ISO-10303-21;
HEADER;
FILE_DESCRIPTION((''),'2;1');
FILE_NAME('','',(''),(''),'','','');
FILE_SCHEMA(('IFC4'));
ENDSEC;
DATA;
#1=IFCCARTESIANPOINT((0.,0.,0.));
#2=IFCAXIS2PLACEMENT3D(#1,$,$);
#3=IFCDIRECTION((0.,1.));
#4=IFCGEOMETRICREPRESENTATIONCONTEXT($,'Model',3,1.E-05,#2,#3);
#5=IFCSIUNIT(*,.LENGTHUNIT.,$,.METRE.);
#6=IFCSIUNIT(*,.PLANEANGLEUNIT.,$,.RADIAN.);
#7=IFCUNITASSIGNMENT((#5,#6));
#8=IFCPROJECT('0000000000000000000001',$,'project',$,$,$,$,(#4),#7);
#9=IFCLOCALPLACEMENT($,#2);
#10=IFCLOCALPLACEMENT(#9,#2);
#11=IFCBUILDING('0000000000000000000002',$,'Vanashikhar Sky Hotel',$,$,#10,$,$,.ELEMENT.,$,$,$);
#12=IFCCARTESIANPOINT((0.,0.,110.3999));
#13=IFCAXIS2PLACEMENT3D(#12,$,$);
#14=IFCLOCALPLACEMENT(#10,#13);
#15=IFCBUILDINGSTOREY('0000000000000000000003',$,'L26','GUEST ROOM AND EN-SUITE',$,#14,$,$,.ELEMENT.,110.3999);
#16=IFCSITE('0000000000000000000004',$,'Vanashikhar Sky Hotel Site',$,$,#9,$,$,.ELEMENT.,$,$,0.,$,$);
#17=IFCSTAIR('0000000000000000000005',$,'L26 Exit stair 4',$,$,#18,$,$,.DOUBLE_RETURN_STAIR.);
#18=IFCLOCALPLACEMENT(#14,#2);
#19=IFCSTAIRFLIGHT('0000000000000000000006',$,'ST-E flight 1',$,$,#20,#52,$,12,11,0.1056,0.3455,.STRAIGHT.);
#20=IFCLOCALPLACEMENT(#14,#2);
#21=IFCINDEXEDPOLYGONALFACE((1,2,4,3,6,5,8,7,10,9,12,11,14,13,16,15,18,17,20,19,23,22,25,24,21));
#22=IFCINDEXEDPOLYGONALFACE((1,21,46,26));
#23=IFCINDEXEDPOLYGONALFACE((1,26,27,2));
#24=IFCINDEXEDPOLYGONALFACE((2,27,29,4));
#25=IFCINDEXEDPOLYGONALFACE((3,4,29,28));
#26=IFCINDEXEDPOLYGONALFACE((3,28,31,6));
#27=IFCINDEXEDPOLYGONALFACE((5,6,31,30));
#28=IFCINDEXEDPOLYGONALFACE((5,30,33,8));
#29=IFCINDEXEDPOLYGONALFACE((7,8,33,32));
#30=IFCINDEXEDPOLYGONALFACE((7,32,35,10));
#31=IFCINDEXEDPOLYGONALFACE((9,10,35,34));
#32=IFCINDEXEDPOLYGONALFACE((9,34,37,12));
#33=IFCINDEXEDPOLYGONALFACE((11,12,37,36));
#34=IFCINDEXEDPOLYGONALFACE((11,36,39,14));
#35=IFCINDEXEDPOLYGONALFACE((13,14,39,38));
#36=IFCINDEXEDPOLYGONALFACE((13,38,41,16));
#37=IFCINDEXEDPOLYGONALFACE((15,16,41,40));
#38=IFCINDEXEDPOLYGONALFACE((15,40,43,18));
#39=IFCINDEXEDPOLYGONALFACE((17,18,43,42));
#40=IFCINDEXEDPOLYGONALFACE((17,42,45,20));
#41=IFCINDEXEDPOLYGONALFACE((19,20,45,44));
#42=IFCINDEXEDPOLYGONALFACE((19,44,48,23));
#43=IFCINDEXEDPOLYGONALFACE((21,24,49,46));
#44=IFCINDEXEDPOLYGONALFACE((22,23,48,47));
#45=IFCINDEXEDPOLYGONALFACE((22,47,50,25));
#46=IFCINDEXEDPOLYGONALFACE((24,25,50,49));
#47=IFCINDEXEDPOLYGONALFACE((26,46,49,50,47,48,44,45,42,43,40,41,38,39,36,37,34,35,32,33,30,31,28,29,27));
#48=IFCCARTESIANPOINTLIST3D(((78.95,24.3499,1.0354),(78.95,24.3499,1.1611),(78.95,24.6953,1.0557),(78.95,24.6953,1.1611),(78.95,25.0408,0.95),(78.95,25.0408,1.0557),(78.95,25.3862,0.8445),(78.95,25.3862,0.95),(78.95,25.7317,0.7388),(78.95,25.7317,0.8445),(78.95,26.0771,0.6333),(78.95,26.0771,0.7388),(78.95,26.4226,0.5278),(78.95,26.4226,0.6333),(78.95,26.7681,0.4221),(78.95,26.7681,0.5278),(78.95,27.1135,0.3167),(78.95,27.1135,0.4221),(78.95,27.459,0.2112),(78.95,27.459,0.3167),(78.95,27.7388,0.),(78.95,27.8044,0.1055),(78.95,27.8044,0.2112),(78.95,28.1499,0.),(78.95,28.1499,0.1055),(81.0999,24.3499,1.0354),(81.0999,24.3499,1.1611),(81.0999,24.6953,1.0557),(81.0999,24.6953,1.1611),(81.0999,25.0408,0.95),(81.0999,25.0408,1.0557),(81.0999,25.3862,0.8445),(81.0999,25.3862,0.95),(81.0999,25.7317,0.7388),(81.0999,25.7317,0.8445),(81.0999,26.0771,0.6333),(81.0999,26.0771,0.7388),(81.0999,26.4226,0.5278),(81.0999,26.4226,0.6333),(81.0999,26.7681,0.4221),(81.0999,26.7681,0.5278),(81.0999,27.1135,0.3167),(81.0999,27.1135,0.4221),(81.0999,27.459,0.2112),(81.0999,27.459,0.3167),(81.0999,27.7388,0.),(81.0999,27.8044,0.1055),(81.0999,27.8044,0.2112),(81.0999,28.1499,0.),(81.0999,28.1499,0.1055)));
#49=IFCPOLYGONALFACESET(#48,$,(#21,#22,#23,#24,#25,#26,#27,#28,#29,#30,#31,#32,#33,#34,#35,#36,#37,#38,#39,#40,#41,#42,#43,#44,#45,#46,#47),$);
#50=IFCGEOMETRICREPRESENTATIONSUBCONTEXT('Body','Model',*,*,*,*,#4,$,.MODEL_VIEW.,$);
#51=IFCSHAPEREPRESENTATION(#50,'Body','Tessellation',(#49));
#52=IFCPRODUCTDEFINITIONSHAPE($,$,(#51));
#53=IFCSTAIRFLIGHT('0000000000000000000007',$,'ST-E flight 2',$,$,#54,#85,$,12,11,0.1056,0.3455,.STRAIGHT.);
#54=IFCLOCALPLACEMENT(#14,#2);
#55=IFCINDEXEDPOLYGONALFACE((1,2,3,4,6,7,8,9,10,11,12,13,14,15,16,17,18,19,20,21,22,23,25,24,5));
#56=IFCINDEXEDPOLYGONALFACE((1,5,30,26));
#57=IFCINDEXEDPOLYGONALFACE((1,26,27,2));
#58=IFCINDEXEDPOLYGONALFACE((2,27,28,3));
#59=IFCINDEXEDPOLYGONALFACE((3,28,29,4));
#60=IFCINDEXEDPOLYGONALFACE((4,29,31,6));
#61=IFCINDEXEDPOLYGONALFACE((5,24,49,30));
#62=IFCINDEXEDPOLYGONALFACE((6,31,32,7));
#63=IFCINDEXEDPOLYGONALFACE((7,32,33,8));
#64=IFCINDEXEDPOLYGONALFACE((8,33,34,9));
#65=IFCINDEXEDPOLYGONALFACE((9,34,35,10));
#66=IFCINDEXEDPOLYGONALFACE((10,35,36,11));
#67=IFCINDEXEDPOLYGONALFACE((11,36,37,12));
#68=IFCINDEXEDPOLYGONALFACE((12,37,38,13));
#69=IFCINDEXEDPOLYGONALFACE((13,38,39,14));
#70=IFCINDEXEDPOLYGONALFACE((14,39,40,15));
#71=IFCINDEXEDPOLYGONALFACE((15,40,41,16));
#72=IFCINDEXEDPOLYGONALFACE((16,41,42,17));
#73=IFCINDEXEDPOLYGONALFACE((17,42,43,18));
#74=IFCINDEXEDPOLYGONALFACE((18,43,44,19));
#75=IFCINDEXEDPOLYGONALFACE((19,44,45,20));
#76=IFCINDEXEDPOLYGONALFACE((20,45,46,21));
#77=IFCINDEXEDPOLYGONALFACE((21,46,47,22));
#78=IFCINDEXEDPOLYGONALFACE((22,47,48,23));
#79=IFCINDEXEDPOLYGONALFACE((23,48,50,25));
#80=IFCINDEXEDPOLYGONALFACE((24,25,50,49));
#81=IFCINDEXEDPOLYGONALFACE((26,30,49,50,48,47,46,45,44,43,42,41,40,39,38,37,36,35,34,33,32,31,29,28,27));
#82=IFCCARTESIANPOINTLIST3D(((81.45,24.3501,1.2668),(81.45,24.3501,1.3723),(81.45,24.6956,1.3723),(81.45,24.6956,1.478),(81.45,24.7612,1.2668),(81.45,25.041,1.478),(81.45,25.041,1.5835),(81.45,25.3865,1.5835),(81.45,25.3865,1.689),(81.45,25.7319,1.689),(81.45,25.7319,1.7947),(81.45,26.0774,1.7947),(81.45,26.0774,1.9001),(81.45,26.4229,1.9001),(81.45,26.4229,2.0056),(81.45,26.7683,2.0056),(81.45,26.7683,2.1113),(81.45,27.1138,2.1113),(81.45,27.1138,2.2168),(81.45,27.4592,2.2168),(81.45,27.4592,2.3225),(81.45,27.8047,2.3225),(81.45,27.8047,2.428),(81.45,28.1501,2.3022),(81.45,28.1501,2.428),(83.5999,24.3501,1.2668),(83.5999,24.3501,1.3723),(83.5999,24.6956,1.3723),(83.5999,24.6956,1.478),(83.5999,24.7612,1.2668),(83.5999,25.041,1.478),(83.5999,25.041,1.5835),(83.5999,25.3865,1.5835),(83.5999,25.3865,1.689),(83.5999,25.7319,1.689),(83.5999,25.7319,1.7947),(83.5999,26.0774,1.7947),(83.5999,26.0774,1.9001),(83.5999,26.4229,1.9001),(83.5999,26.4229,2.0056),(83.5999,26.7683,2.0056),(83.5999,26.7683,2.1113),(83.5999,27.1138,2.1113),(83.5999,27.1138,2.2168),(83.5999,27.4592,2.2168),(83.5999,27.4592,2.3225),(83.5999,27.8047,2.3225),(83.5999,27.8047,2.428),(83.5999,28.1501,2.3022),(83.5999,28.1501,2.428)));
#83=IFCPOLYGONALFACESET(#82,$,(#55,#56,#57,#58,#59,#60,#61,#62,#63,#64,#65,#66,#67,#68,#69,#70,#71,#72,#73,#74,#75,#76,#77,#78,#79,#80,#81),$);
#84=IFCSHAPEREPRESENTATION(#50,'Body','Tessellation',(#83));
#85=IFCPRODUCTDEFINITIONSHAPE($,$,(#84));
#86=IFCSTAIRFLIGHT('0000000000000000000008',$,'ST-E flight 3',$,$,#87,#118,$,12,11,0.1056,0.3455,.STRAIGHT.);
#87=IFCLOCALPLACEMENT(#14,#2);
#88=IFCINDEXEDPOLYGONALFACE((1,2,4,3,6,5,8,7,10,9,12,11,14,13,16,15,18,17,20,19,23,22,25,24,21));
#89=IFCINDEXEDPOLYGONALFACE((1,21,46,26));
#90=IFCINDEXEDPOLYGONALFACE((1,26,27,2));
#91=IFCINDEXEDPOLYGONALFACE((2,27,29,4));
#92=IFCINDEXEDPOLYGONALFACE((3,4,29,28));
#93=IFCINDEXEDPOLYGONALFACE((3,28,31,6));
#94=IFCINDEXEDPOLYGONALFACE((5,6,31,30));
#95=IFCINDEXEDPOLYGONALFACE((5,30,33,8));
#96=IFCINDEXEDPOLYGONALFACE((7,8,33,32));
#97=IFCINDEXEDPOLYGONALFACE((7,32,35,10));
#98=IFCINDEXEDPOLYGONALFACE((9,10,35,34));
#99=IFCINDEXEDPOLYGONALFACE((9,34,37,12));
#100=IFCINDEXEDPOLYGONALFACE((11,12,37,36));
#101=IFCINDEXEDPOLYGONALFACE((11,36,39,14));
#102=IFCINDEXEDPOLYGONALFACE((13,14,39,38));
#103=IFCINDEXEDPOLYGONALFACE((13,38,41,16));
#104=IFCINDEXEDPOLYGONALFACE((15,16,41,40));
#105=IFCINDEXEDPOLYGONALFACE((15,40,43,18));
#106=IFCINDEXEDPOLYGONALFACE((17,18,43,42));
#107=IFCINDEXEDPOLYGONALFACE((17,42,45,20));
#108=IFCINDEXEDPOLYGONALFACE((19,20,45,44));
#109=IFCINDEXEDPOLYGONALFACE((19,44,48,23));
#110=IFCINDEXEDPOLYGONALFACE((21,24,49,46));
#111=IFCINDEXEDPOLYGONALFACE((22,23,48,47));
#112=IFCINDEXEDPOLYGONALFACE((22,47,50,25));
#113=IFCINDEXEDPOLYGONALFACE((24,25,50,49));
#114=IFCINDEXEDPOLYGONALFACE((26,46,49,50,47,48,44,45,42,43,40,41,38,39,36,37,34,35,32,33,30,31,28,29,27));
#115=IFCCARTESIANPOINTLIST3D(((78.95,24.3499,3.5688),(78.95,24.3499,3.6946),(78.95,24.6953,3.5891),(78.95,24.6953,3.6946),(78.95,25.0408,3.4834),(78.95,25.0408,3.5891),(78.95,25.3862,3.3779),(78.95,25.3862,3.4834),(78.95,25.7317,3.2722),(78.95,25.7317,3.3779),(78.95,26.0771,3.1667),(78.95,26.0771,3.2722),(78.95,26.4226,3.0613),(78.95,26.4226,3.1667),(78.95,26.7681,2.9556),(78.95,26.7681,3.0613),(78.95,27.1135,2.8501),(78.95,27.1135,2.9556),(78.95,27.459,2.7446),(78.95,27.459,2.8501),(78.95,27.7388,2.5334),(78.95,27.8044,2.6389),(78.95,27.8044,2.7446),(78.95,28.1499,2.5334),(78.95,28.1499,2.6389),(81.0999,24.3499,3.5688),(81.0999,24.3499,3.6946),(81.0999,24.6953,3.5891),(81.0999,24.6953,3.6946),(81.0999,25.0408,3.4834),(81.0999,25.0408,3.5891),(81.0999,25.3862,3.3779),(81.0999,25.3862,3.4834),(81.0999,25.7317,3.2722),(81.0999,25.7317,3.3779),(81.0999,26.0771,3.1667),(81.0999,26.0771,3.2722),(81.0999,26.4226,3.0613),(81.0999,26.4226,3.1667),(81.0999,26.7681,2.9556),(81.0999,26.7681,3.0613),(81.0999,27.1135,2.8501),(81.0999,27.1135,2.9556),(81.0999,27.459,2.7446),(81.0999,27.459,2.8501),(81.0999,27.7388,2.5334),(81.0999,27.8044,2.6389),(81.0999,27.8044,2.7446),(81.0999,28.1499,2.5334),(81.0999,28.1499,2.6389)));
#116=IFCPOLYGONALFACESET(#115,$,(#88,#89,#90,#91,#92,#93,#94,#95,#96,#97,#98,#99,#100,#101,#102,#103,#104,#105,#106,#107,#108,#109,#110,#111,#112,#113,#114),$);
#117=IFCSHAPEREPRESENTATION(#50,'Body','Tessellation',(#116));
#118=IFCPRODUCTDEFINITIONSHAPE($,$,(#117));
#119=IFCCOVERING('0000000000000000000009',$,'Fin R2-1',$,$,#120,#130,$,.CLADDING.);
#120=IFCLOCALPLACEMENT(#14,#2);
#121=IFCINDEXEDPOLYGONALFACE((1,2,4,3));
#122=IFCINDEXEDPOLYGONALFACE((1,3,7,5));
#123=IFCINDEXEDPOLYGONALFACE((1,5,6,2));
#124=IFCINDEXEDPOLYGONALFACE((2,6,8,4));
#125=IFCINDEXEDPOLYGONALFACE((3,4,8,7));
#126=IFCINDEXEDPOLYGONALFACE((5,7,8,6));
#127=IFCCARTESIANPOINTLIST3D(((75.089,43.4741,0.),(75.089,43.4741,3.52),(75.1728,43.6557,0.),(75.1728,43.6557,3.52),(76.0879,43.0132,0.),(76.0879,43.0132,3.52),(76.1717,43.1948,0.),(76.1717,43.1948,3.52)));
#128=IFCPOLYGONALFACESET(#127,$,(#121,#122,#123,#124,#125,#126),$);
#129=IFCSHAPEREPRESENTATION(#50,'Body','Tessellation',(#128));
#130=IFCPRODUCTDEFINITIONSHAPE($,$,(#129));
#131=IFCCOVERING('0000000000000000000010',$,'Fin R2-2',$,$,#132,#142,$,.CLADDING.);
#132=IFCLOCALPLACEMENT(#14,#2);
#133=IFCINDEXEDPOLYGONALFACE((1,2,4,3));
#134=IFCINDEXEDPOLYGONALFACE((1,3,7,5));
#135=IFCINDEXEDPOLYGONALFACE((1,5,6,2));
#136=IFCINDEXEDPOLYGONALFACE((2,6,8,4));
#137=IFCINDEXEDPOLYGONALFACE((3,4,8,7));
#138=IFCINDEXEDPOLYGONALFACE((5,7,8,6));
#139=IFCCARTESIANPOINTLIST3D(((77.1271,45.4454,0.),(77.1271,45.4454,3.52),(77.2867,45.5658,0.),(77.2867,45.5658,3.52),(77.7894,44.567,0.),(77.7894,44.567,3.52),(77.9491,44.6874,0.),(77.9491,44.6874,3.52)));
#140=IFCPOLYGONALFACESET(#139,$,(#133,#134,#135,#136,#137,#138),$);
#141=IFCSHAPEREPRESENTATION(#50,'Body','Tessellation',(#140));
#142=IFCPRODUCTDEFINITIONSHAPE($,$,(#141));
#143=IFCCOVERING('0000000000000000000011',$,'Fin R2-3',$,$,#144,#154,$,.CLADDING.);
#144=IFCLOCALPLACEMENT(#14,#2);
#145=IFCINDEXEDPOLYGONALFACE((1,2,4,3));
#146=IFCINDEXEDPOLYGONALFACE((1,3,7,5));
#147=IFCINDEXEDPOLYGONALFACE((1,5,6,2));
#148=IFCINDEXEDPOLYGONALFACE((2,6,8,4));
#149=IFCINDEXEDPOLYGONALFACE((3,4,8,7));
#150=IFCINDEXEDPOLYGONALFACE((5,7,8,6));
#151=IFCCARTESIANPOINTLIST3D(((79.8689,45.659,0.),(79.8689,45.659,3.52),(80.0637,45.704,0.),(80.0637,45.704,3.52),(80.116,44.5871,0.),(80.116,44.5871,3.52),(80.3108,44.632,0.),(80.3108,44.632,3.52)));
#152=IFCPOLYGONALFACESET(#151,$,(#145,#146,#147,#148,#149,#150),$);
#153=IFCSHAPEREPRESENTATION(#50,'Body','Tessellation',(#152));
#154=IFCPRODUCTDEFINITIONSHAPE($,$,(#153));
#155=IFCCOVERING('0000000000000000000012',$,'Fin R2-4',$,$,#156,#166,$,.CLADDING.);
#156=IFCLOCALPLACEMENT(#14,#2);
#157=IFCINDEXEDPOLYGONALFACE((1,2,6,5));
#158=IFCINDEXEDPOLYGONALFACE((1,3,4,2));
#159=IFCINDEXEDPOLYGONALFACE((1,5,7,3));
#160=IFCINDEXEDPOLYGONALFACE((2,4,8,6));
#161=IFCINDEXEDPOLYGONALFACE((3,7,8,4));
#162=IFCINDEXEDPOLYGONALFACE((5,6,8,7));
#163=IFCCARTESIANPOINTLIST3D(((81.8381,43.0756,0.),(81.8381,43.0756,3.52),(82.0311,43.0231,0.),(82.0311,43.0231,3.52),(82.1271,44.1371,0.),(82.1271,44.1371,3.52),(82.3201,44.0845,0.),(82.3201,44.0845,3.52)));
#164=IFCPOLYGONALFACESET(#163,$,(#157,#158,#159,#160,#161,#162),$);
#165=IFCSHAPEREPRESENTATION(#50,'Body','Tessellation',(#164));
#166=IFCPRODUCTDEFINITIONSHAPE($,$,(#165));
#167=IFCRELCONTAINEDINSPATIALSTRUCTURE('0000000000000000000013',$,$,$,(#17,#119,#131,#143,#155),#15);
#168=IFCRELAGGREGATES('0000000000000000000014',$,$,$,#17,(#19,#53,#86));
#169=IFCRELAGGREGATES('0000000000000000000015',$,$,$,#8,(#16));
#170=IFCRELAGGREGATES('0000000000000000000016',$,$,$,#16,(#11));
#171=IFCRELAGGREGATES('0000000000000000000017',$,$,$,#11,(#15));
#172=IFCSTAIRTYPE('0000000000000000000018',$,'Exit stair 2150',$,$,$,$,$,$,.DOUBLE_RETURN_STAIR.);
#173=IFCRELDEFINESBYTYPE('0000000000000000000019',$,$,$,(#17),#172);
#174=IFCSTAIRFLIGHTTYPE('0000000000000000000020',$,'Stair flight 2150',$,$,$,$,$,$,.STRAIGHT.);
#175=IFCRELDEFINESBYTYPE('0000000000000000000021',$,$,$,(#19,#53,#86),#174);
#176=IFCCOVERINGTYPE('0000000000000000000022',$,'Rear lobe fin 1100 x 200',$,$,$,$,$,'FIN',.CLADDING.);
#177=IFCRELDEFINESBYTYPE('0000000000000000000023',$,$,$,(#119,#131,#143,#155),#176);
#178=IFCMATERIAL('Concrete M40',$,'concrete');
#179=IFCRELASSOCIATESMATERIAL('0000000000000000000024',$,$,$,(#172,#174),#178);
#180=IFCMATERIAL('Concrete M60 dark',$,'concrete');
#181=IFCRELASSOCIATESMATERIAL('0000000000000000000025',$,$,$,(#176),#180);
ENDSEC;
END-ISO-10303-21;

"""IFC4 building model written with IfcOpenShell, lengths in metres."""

from ifc_helpers import new_model, si_unit, direction, frame, origin, origin_2d, place, context, subcontext, project, spatial, polyline, rectangle, outline, extrude, source, transform, mapped, material, material_profile, profile_set, type_object, element, aggregate, save


model = new_model("IFC4")

# Units and contexts
model_context = context("Model", 3, precision=1e-05, world=origin(), true_north=direction((0.0, 1.0)))
body_context = subcontext(model_context, "Body", "Model", "MODEL_VIEW")
ifc_project = project(units=[si_unit("LENGTHUNIT", "METRE"), si_unit("PLANEANGLEUNIT", "RADIAN")], contexts=[model_context])

# Site, building, storey
site_placement = place(None, origin())
site = spatial("IfcSite", under=ifc_project, at=site_placement, Name="Vanashikhar Sky Hotel Site", CompositionType="ELEMENT", RefElevation=0.0)
building_placement = place(site_placement, origin())
building = spatial("IfcBuilding", under=site, at=building_placement, Name="Vanashikhar Sky Hotel", CompositionType="ELEMENT")
storey_placement = place(building_placement, frame((0.0, 0.0, 110.3999)))
storey = spatial("IfcBuildingStorey", under=building, at=storey_placement, Name="L26", Description="GUEST ROOM AND EN-SUITE", CompositionType="ELEMENT", Elevation=110.3999)

# Stair, stair flights
ifc_material_1 = material(Name="Concrete M40", Category="concrete")
stair_type = type_object("IfcStairType", Name="Exit stair 2150", PredefinedType="DOUBLE_RETURN_STAIR", material=ifc_material_1)
stair_placement = place(storey_placement, origin())
stair = element("IfcStair", 1, at=stair_placement, inside=storey, type_object=stair_type, Name="L26 Exit stair 4", PredefinedType="DOUBLE_RETURN_STAIR")
stair_flight_type = type_object("IfcStairFlightType", Name="Stair flight 2150", PredefinedType="STRAIGHT", material=ifc_material_1)
shared_shape_1 = source(origin(), body_context, "Body", "SweptSolid", [
    extrude(outline(polyline([(0.0, 0.0), (0.0, 0.1055), (0.3455, 0.1055), (0.3455, 0.2112), (0.6909, 0.2112), (0.6909, 0.3167), (1.0364, 0.3167), (1.0364, 0.4221), (1.3818, 0.4221), (1.3818, 0.5278), (1.7273, 0.5278), (1.7273, 0.6333), (2.0728, 0.6333), (2.0728, 0.7388), (2.4182, 0.7388), (2.4182, 0.8445), (2.7637, 0.8445), (2.7637, 0.95), (3.1091, 0.95), (3.1091, 1.0557), (3.4546, 1.0557), (3.4546, 1.1611), (3.8, 1.1611), (3.8, 1.2666), (3.8, 1.0354), (0.4111, 0.0), (0.0, 0.0)])), frame((0.0, 1.075, 0.0), z_axis=(0.0, -1.0, 0.0), x_axis=(1.0, 0.0, 0.0)), (0.0, 0.0, 1.0), 2.1499),
])
stair_flight_1_placement = place(storey_placement, frame((80.0249, 28.1499, 0.0), z_axis=(0.0, 0.0, 1.0), x_axis=(0.0, -1.0, 0.0)))
stair_flight_1 = element("IfcStairFlight", 2, at=stair_flight_1_placement, type_object=stair_flight_type, Name="ST-E flight 1", NumberOfRisers=12, NumberOfTreads=11, PredefinedType="STRAIGHT", RiserHeight=0.1056, TreadLength=0.3455, context=body_context, shape_type="MappedRepresentation", body=[
    mapped(shared_shape_1, transform((0.0, 0.0, 0.0), scale=1.0)),
])
stair_flight_2_placement = place(storey_placement, frame((82.5249, 24.3501, 1.2668), z_axis=(0.0, 0.0, 1.0), x_axis=(0.0, 1.0, 0.0)))
stair_flight_2 = element("IfcStairFlight", 3, at=stair_flight_2_placement, type_object=stair_flight_type, Name="ST-E flight 2", NumberOfRisers=12, NumberOfTreads=11, PredefinedType="STRAIGHT", RiserHeight=0.1056, TreadLength=0.3455, context=body_context, shape_type="MappedRepresentation", body=[
    mapped(shared_shape_1, transform((0.0, 0.0, 0.0), scale=1.0)),
])
stair_flight_3_placement = place(storey_placement, frame((80.0249, 28.1499, 2.5334), z_axis=(0.0, 0.0, 1.0), x_axis=(0.0, -1.0, 0.0)))
stair_flight_3 = element("IfcStairFlight", 4, at=stair_flight_3_placement, type_object=stair_flight_type, Name="ST-E flight 3", NumberOfRisers=12, NumberOfTreads=11, PredefinedType="STRAIGHT", RiserHeight=0.1056, TreadLength=0.3455, context=body_context, shape_type="MappedRepresentation", body=[
    mapped(shared_shape_1, transform((0.0, 0.0, 0.0), scale=1.0)),
])
aggregate(stair, [stair_flight_1, stair_flight_2, stair_flight_3])

# Coverings
ifc_material_2 = material(Name="Concrete M60 dark", Category="concrete")
ifc_material_profile_1 = material_profile(ifc_material_2, rectangle(XDim=1.1001, YDim=0.2, at=origin_2d()))
ifc_profile_set_1 = profile_set([ifc_material_profile_1], Name="Rear lobe fin 1100 x 200")
covering_type = type_object("IfcCoveringType", Name="Rear lobe fin 1100 x 200", ElementType="FIN", PredefinedType="CLADDING", material=ifc_profile_set_1)
shared_shape_2 = source(origin(), body_context, "Body", "SweptSolid", [
    extrude(rectangle(XDim=1.1001, YDim=0.2, at=origin_2d()), origin(), (0.0, 0.0, 1.0), 3.52),
])
for number, where, z_axis, x_axis, name in (
    (5, (75.6304, 43.3345, 0.0), (0.0, 0.0, 1.0), (-0.908004, 0.418961, 0.0), "Fin R2-1"),
    (6, (77.5381, 45.0664, 0.0), (0.0, 0.0, 1.0), (-0.602066, 0.798446, 0.0), "Fin R2-2"),
    (7, (80.0898, 45.1455, 0.0), (0.0, 0.0, 1.0), (-0.224645, 0.974441, 0.0), "Fin R2-3"),
    (8, (82.0791, 43.5801, 0.0), (0.0, 0.0, 1.0), (0.262711, 0.964874, 0.0), "Fin R2-4"),
):
    element("IfcCovering", number, at=place(storey_placement, frame(where, z_axis=z_axis, x_axis=x_axis)), inside=storey, type_object=covering_type, Name=name, PredefinedType="CLADDING", context=body_context, shape_type="MappedRepresentation", body=[
        mapped(shared_shape_2, transform((0.0, 0.0, 0.0), scale=1.0)),
    ])

save(model, "model.ifc")
